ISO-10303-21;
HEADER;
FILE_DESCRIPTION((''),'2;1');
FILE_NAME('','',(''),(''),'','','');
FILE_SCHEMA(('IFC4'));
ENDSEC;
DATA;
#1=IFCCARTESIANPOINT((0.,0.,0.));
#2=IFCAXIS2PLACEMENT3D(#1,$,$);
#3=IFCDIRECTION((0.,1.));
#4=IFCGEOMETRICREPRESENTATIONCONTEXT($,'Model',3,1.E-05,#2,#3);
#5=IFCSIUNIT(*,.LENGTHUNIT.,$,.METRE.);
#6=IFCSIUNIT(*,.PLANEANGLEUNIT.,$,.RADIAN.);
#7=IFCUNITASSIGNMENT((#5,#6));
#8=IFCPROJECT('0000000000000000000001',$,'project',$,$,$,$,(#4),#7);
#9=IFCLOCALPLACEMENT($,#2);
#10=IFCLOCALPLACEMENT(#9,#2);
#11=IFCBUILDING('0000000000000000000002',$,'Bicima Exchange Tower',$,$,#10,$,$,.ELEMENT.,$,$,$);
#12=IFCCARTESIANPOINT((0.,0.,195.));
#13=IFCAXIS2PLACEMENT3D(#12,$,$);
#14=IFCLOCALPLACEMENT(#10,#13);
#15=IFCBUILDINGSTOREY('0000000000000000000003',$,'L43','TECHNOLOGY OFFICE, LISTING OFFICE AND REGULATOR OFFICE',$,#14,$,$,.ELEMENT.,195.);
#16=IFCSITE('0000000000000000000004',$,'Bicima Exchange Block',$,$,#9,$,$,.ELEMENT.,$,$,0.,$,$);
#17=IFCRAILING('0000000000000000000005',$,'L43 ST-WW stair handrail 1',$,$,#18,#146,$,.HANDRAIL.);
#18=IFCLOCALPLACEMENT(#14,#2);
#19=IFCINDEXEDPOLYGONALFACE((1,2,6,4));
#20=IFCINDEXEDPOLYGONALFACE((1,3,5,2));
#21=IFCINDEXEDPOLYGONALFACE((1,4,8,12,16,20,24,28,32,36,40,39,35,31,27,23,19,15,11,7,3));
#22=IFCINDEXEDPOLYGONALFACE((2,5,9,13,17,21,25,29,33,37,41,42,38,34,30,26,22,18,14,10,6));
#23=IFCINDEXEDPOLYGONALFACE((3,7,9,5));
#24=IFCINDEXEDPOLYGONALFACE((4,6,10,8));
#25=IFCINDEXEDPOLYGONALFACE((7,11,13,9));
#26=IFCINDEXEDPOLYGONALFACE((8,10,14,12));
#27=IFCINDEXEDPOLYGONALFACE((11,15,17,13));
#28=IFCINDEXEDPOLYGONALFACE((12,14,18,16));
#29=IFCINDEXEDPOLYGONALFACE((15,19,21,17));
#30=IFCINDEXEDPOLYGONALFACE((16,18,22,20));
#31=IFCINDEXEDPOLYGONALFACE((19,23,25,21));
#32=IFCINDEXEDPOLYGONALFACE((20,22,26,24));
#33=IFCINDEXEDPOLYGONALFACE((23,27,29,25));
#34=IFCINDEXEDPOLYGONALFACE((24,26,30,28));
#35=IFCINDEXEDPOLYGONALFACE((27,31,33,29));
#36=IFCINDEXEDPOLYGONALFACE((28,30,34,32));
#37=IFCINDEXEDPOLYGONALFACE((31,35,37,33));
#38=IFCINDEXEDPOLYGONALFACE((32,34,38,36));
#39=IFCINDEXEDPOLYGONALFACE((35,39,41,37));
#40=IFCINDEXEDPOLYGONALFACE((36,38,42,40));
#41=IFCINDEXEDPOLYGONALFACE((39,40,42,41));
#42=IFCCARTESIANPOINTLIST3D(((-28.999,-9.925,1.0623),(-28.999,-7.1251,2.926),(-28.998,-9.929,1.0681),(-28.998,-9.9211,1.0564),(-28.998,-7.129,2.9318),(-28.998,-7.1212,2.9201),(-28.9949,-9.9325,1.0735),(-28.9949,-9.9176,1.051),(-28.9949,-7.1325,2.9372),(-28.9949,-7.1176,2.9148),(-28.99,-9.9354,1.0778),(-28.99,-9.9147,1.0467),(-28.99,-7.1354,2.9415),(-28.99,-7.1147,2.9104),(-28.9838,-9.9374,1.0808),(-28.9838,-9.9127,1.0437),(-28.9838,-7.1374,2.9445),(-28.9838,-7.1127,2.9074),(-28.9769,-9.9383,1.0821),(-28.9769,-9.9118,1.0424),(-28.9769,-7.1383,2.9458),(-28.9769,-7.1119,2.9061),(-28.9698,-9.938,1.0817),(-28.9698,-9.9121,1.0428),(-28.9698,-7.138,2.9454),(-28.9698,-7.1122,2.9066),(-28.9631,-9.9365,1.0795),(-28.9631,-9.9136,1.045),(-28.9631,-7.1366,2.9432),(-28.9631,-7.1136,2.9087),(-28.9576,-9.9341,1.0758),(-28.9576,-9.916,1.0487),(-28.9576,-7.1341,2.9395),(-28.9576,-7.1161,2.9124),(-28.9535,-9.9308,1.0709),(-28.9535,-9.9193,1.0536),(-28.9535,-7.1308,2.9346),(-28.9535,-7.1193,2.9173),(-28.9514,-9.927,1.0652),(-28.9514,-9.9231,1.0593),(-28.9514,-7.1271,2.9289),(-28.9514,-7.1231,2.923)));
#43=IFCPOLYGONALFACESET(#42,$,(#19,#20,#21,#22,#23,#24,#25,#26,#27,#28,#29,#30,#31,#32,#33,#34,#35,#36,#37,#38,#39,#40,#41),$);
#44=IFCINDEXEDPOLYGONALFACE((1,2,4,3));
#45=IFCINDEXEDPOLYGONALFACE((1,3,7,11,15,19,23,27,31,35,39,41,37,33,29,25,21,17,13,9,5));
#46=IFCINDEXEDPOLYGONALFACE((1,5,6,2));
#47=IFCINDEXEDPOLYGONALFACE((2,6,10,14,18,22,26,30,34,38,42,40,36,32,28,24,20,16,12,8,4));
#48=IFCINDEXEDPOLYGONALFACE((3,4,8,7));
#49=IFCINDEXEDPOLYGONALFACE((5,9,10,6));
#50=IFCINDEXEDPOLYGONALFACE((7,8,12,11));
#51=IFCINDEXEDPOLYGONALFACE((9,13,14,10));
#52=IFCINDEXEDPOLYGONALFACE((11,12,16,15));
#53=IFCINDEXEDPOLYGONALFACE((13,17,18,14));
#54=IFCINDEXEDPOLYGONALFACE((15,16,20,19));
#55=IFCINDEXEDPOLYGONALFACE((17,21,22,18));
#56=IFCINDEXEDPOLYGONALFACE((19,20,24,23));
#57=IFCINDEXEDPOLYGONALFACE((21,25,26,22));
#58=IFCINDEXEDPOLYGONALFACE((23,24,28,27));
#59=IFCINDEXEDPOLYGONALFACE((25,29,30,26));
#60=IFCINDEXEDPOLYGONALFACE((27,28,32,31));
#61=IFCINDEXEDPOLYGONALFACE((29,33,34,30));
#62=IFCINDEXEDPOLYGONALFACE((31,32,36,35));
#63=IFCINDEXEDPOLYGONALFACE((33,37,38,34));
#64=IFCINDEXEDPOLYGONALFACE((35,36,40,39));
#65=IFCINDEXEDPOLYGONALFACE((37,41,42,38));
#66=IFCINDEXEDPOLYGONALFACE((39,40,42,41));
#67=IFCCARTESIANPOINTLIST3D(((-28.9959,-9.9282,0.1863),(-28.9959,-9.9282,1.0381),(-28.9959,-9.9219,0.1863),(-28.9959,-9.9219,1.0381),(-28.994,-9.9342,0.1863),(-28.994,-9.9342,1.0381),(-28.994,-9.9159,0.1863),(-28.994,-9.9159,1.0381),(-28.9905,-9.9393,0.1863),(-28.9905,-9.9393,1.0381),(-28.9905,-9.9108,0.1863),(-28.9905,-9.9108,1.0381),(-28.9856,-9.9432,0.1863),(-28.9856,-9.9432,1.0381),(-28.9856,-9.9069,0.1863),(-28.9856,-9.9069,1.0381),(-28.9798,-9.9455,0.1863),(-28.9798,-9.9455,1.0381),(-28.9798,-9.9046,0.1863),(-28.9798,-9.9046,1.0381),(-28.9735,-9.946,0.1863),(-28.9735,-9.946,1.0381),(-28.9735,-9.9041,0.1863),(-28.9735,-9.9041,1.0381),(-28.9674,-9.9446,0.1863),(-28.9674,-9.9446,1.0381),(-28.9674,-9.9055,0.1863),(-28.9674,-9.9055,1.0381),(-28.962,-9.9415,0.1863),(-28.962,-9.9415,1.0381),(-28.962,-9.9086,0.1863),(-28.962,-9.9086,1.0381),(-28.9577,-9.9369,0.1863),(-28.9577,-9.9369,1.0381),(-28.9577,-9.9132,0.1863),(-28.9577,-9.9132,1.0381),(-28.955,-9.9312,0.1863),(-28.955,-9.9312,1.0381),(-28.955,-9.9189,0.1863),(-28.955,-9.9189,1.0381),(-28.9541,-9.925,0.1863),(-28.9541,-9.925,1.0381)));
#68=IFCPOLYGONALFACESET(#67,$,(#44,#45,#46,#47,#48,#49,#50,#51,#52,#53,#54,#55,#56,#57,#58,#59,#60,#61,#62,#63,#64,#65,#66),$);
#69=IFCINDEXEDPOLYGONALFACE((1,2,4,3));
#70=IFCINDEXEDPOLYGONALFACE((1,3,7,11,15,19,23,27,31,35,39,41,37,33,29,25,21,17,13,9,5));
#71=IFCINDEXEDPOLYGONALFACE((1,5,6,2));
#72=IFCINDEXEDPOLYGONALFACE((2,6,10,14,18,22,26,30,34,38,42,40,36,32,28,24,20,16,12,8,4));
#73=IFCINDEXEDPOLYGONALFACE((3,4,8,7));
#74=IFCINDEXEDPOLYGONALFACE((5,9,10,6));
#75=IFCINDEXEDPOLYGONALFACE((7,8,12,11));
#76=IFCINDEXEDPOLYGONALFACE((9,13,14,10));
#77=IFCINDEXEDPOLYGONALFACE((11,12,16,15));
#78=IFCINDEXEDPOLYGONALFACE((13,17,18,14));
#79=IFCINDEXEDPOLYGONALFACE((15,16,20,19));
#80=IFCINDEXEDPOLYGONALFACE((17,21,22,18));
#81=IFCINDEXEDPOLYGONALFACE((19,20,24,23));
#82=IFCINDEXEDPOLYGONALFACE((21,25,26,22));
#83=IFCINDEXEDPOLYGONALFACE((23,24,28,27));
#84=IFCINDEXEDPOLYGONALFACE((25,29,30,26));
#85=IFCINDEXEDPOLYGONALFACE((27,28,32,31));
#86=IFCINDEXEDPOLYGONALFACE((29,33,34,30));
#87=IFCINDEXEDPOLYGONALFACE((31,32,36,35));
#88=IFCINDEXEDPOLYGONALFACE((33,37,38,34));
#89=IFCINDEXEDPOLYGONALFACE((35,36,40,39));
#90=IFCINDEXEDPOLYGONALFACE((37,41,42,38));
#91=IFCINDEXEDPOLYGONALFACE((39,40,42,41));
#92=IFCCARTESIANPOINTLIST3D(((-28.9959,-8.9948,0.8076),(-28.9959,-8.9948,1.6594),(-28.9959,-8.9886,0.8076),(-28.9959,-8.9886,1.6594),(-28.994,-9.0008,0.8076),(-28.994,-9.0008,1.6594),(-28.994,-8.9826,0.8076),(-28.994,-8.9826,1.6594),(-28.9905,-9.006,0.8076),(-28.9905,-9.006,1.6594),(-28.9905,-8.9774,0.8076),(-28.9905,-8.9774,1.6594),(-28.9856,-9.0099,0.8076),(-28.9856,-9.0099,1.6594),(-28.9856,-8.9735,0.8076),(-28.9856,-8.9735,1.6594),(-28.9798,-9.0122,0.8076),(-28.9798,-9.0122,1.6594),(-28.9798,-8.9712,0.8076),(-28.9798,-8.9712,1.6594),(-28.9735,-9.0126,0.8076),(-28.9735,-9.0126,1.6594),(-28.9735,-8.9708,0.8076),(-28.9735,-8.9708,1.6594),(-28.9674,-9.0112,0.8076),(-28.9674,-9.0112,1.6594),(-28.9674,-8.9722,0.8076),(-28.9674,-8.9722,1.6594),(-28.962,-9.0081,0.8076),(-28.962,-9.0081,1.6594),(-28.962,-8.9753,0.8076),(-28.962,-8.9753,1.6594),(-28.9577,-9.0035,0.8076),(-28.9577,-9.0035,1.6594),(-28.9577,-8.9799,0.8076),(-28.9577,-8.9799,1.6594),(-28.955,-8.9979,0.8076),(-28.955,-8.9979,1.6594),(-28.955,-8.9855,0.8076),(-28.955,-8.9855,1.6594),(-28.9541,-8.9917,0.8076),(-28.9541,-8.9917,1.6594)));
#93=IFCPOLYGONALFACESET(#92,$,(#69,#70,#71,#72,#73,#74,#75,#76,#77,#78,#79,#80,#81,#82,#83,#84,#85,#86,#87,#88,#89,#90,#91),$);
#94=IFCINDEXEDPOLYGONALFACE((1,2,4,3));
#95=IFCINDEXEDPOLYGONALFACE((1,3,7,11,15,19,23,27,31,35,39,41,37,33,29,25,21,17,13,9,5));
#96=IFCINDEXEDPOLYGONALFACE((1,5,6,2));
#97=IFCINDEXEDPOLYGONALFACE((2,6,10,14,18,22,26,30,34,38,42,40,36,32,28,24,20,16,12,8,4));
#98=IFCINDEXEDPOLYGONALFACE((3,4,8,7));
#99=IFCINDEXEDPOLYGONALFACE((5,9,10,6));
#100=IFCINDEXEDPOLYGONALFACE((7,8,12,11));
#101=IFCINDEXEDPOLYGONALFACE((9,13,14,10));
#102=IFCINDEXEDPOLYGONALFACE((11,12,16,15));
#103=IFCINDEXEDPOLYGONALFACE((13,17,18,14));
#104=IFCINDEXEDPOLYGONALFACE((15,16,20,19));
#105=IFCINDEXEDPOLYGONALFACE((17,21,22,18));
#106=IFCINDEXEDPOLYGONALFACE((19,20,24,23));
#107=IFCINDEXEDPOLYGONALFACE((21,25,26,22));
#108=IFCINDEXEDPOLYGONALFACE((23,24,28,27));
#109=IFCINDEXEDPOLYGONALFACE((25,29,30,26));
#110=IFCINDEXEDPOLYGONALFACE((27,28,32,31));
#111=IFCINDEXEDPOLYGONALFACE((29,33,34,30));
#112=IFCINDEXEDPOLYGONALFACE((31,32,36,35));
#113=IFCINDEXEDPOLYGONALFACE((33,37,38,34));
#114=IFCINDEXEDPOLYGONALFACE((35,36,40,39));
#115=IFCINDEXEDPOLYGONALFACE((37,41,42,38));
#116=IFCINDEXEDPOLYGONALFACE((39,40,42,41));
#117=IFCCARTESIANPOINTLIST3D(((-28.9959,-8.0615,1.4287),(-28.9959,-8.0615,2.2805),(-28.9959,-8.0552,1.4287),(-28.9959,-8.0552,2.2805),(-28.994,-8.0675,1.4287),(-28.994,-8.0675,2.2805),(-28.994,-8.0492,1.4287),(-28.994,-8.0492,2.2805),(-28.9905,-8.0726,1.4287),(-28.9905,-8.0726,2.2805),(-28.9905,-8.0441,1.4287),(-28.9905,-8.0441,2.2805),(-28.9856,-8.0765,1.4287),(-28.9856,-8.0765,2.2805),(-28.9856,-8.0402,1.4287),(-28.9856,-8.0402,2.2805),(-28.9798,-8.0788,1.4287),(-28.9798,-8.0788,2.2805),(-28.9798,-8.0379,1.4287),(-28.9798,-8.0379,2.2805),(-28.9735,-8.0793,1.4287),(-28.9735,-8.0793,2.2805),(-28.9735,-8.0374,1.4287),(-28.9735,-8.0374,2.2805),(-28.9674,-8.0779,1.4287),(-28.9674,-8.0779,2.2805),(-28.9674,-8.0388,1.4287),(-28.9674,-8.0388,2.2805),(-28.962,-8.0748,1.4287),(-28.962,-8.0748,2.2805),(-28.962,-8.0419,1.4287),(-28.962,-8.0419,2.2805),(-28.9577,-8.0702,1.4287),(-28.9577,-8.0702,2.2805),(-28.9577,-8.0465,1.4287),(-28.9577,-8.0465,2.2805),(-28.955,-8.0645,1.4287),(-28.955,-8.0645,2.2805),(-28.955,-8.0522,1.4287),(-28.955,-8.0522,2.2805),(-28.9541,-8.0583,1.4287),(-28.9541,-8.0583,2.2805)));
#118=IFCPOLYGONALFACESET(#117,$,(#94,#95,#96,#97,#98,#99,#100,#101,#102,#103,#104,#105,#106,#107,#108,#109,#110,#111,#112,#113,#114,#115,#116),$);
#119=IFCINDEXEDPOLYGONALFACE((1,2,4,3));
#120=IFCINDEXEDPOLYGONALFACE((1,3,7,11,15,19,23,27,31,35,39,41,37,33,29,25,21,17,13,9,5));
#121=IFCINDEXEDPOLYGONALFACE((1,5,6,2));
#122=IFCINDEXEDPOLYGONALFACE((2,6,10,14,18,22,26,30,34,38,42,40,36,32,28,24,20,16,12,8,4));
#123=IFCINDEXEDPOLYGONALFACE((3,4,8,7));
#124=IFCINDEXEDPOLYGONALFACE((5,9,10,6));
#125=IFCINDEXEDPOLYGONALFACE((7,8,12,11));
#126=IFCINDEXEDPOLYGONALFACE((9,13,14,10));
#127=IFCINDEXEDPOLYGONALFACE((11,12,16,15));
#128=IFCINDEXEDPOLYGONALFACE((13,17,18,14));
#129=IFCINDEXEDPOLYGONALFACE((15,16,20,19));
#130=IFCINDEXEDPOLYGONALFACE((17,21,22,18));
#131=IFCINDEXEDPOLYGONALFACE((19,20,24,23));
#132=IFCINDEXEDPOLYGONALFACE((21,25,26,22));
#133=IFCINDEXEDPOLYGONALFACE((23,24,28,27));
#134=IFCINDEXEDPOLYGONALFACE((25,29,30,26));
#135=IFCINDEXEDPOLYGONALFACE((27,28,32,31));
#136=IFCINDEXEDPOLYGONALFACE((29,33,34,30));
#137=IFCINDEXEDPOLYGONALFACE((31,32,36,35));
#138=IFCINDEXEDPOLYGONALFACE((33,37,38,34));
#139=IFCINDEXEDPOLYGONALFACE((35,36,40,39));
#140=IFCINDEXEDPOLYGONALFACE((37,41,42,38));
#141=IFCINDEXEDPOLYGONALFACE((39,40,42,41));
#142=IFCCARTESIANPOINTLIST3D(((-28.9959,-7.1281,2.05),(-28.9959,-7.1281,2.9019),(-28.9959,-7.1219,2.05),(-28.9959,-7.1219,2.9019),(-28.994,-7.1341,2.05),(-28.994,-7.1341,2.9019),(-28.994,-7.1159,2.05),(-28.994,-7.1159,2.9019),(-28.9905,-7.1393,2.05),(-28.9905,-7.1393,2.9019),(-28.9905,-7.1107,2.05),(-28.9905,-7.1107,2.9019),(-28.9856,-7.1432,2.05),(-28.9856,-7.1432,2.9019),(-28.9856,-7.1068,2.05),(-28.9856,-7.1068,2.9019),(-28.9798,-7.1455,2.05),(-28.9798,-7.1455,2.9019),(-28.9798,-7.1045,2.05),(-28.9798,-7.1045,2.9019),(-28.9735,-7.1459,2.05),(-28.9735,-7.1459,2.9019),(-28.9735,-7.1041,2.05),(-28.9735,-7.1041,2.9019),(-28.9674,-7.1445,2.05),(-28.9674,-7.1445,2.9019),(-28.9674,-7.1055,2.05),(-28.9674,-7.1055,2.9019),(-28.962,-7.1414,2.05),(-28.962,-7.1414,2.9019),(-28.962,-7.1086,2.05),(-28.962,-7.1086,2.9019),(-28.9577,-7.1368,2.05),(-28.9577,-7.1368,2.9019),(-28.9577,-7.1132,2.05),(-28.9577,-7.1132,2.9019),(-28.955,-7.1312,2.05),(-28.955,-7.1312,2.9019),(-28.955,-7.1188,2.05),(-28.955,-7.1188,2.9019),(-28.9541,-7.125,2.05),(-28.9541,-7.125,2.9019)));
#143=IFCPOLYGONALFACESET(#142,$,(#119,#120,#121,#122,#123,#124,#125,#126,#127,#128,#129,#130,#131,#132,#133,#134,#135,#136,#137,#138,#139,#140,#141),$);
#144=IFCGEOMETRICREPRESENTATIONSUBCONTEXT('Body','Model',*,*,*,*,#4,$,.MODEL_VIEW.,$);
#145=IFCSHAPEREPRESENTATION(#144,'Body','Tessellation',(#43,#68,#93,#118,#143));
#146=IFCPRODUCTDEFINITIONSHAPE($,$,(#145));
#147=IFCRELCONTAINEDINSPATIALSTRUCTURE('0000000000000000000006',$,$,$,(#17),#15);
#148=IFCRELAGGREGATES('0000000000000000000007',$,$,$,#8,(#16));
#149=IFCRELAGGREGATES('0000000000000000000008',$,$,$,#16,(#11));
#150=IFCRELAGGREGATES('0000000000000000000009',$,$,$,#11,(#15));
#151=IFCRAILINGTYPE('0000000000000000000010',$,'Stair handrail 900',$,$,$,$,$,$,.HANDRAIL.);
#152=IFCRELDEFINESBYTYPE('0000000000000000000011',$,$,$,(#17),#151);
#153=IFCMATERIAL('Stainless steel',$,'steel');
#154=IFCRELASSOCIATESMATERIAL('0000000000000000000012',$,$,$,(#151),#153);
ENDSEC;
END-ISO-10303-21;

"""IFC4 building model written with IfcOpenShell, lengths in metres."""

from ifc_helpers import new_model, si_unit, direction, frame, origin, origin_2d, place, context, subcontext, project, spatial, circle, extrude, material, type_object, element, save


model = new_model("IFC4")

# Units and contexts
model_context = context("Model", 3, precision=1e-05, world=origin(), true_north=direction((0.0, 1.0)))
body_context = subcontext(model_context, "Body", "Model", "MODEL_VIEW")
ifc_project = project(units=[si_unit("LENGTHUNIT", "METRE"), si_unit("PLANEANGLEUNIT", "RADIAN")], contexts=[model_context])

# Site, building, storey
site_placement = place(None, origin())
site = spatial("IfcSite", under=ifc_project, at=site_placement, Name="Bicima Exchange Block", CompositionType="ELEMENT", RefElevation=0.0)
building_placement = place(site_placement, origin())
building = spatial("IfcBuilding", under=site, at=building_placement, Name="Bicima Exchange Tower", CompositionType="ELEMENT")
storey_placement = place(building_placement, frame((0.0, 0.0, 195.0)))
storey = spatial("IfcBuildingStorey", under=building, at=storey_placement, Name="L43", Description="TECHNOLOGY OFFICE, LISTING OFFICE AND REGULATOR OFFICE", CompositionType="ELEMENT", Elevation=195.0)

# Railing
ifc_material_1 = material(Name="Stainless steel", Category="steel")
railing_type_1 = type_object("IfcRailingType", Name="Stair handrail 900", PredefinedType="HANDRAIL", material=ifc_material_1)
railing_1_placement = place(storey_placement, frame((-28.9751, -9.925, 0.1863)))
element("IfcRailing", 1, at=railing_1_placement, inside=storey, type_object=railing_type_1, Name="L43 ST-WW stair handrail 1", PredefinedType="HANDRAIL", context=body_context, shape_type="SweptSolid", body=[
    extrude(circle(Radius=0.0239, at=origin_2d()), frame((0.0, 0.0, 0.876), z_axis=(0.0, 0.832452, 0.554097), x_axis=(-1.0, 0.0, 0.0)), (0.0, 0.0, 1.0), 3.3635),
    extrude(circle(Radius=0.021, at=origin_2d()), origin(), (0.0, 0.0, 1.0), 0.8518),
    extrude(circle(Radius=0.021, at=origin_2d()), frame((0.0, 0.9333, 0.6213)), (0.0, 0.0, 1.0), 0.8518),
    extrude(circle(Radius=0.021, at=origin_2d()), frame((0.0, 1.8667, 1.2424)), (0.0, 0.0, 1.0), 0.8518),
    extrude(circle(Radius=0.021, at=origin_2d()), frame((0.0, 2.8, 1.8638)), (0.0, 0.0, 1.0), 0.8518),
])

save(model, "model.ifc")
